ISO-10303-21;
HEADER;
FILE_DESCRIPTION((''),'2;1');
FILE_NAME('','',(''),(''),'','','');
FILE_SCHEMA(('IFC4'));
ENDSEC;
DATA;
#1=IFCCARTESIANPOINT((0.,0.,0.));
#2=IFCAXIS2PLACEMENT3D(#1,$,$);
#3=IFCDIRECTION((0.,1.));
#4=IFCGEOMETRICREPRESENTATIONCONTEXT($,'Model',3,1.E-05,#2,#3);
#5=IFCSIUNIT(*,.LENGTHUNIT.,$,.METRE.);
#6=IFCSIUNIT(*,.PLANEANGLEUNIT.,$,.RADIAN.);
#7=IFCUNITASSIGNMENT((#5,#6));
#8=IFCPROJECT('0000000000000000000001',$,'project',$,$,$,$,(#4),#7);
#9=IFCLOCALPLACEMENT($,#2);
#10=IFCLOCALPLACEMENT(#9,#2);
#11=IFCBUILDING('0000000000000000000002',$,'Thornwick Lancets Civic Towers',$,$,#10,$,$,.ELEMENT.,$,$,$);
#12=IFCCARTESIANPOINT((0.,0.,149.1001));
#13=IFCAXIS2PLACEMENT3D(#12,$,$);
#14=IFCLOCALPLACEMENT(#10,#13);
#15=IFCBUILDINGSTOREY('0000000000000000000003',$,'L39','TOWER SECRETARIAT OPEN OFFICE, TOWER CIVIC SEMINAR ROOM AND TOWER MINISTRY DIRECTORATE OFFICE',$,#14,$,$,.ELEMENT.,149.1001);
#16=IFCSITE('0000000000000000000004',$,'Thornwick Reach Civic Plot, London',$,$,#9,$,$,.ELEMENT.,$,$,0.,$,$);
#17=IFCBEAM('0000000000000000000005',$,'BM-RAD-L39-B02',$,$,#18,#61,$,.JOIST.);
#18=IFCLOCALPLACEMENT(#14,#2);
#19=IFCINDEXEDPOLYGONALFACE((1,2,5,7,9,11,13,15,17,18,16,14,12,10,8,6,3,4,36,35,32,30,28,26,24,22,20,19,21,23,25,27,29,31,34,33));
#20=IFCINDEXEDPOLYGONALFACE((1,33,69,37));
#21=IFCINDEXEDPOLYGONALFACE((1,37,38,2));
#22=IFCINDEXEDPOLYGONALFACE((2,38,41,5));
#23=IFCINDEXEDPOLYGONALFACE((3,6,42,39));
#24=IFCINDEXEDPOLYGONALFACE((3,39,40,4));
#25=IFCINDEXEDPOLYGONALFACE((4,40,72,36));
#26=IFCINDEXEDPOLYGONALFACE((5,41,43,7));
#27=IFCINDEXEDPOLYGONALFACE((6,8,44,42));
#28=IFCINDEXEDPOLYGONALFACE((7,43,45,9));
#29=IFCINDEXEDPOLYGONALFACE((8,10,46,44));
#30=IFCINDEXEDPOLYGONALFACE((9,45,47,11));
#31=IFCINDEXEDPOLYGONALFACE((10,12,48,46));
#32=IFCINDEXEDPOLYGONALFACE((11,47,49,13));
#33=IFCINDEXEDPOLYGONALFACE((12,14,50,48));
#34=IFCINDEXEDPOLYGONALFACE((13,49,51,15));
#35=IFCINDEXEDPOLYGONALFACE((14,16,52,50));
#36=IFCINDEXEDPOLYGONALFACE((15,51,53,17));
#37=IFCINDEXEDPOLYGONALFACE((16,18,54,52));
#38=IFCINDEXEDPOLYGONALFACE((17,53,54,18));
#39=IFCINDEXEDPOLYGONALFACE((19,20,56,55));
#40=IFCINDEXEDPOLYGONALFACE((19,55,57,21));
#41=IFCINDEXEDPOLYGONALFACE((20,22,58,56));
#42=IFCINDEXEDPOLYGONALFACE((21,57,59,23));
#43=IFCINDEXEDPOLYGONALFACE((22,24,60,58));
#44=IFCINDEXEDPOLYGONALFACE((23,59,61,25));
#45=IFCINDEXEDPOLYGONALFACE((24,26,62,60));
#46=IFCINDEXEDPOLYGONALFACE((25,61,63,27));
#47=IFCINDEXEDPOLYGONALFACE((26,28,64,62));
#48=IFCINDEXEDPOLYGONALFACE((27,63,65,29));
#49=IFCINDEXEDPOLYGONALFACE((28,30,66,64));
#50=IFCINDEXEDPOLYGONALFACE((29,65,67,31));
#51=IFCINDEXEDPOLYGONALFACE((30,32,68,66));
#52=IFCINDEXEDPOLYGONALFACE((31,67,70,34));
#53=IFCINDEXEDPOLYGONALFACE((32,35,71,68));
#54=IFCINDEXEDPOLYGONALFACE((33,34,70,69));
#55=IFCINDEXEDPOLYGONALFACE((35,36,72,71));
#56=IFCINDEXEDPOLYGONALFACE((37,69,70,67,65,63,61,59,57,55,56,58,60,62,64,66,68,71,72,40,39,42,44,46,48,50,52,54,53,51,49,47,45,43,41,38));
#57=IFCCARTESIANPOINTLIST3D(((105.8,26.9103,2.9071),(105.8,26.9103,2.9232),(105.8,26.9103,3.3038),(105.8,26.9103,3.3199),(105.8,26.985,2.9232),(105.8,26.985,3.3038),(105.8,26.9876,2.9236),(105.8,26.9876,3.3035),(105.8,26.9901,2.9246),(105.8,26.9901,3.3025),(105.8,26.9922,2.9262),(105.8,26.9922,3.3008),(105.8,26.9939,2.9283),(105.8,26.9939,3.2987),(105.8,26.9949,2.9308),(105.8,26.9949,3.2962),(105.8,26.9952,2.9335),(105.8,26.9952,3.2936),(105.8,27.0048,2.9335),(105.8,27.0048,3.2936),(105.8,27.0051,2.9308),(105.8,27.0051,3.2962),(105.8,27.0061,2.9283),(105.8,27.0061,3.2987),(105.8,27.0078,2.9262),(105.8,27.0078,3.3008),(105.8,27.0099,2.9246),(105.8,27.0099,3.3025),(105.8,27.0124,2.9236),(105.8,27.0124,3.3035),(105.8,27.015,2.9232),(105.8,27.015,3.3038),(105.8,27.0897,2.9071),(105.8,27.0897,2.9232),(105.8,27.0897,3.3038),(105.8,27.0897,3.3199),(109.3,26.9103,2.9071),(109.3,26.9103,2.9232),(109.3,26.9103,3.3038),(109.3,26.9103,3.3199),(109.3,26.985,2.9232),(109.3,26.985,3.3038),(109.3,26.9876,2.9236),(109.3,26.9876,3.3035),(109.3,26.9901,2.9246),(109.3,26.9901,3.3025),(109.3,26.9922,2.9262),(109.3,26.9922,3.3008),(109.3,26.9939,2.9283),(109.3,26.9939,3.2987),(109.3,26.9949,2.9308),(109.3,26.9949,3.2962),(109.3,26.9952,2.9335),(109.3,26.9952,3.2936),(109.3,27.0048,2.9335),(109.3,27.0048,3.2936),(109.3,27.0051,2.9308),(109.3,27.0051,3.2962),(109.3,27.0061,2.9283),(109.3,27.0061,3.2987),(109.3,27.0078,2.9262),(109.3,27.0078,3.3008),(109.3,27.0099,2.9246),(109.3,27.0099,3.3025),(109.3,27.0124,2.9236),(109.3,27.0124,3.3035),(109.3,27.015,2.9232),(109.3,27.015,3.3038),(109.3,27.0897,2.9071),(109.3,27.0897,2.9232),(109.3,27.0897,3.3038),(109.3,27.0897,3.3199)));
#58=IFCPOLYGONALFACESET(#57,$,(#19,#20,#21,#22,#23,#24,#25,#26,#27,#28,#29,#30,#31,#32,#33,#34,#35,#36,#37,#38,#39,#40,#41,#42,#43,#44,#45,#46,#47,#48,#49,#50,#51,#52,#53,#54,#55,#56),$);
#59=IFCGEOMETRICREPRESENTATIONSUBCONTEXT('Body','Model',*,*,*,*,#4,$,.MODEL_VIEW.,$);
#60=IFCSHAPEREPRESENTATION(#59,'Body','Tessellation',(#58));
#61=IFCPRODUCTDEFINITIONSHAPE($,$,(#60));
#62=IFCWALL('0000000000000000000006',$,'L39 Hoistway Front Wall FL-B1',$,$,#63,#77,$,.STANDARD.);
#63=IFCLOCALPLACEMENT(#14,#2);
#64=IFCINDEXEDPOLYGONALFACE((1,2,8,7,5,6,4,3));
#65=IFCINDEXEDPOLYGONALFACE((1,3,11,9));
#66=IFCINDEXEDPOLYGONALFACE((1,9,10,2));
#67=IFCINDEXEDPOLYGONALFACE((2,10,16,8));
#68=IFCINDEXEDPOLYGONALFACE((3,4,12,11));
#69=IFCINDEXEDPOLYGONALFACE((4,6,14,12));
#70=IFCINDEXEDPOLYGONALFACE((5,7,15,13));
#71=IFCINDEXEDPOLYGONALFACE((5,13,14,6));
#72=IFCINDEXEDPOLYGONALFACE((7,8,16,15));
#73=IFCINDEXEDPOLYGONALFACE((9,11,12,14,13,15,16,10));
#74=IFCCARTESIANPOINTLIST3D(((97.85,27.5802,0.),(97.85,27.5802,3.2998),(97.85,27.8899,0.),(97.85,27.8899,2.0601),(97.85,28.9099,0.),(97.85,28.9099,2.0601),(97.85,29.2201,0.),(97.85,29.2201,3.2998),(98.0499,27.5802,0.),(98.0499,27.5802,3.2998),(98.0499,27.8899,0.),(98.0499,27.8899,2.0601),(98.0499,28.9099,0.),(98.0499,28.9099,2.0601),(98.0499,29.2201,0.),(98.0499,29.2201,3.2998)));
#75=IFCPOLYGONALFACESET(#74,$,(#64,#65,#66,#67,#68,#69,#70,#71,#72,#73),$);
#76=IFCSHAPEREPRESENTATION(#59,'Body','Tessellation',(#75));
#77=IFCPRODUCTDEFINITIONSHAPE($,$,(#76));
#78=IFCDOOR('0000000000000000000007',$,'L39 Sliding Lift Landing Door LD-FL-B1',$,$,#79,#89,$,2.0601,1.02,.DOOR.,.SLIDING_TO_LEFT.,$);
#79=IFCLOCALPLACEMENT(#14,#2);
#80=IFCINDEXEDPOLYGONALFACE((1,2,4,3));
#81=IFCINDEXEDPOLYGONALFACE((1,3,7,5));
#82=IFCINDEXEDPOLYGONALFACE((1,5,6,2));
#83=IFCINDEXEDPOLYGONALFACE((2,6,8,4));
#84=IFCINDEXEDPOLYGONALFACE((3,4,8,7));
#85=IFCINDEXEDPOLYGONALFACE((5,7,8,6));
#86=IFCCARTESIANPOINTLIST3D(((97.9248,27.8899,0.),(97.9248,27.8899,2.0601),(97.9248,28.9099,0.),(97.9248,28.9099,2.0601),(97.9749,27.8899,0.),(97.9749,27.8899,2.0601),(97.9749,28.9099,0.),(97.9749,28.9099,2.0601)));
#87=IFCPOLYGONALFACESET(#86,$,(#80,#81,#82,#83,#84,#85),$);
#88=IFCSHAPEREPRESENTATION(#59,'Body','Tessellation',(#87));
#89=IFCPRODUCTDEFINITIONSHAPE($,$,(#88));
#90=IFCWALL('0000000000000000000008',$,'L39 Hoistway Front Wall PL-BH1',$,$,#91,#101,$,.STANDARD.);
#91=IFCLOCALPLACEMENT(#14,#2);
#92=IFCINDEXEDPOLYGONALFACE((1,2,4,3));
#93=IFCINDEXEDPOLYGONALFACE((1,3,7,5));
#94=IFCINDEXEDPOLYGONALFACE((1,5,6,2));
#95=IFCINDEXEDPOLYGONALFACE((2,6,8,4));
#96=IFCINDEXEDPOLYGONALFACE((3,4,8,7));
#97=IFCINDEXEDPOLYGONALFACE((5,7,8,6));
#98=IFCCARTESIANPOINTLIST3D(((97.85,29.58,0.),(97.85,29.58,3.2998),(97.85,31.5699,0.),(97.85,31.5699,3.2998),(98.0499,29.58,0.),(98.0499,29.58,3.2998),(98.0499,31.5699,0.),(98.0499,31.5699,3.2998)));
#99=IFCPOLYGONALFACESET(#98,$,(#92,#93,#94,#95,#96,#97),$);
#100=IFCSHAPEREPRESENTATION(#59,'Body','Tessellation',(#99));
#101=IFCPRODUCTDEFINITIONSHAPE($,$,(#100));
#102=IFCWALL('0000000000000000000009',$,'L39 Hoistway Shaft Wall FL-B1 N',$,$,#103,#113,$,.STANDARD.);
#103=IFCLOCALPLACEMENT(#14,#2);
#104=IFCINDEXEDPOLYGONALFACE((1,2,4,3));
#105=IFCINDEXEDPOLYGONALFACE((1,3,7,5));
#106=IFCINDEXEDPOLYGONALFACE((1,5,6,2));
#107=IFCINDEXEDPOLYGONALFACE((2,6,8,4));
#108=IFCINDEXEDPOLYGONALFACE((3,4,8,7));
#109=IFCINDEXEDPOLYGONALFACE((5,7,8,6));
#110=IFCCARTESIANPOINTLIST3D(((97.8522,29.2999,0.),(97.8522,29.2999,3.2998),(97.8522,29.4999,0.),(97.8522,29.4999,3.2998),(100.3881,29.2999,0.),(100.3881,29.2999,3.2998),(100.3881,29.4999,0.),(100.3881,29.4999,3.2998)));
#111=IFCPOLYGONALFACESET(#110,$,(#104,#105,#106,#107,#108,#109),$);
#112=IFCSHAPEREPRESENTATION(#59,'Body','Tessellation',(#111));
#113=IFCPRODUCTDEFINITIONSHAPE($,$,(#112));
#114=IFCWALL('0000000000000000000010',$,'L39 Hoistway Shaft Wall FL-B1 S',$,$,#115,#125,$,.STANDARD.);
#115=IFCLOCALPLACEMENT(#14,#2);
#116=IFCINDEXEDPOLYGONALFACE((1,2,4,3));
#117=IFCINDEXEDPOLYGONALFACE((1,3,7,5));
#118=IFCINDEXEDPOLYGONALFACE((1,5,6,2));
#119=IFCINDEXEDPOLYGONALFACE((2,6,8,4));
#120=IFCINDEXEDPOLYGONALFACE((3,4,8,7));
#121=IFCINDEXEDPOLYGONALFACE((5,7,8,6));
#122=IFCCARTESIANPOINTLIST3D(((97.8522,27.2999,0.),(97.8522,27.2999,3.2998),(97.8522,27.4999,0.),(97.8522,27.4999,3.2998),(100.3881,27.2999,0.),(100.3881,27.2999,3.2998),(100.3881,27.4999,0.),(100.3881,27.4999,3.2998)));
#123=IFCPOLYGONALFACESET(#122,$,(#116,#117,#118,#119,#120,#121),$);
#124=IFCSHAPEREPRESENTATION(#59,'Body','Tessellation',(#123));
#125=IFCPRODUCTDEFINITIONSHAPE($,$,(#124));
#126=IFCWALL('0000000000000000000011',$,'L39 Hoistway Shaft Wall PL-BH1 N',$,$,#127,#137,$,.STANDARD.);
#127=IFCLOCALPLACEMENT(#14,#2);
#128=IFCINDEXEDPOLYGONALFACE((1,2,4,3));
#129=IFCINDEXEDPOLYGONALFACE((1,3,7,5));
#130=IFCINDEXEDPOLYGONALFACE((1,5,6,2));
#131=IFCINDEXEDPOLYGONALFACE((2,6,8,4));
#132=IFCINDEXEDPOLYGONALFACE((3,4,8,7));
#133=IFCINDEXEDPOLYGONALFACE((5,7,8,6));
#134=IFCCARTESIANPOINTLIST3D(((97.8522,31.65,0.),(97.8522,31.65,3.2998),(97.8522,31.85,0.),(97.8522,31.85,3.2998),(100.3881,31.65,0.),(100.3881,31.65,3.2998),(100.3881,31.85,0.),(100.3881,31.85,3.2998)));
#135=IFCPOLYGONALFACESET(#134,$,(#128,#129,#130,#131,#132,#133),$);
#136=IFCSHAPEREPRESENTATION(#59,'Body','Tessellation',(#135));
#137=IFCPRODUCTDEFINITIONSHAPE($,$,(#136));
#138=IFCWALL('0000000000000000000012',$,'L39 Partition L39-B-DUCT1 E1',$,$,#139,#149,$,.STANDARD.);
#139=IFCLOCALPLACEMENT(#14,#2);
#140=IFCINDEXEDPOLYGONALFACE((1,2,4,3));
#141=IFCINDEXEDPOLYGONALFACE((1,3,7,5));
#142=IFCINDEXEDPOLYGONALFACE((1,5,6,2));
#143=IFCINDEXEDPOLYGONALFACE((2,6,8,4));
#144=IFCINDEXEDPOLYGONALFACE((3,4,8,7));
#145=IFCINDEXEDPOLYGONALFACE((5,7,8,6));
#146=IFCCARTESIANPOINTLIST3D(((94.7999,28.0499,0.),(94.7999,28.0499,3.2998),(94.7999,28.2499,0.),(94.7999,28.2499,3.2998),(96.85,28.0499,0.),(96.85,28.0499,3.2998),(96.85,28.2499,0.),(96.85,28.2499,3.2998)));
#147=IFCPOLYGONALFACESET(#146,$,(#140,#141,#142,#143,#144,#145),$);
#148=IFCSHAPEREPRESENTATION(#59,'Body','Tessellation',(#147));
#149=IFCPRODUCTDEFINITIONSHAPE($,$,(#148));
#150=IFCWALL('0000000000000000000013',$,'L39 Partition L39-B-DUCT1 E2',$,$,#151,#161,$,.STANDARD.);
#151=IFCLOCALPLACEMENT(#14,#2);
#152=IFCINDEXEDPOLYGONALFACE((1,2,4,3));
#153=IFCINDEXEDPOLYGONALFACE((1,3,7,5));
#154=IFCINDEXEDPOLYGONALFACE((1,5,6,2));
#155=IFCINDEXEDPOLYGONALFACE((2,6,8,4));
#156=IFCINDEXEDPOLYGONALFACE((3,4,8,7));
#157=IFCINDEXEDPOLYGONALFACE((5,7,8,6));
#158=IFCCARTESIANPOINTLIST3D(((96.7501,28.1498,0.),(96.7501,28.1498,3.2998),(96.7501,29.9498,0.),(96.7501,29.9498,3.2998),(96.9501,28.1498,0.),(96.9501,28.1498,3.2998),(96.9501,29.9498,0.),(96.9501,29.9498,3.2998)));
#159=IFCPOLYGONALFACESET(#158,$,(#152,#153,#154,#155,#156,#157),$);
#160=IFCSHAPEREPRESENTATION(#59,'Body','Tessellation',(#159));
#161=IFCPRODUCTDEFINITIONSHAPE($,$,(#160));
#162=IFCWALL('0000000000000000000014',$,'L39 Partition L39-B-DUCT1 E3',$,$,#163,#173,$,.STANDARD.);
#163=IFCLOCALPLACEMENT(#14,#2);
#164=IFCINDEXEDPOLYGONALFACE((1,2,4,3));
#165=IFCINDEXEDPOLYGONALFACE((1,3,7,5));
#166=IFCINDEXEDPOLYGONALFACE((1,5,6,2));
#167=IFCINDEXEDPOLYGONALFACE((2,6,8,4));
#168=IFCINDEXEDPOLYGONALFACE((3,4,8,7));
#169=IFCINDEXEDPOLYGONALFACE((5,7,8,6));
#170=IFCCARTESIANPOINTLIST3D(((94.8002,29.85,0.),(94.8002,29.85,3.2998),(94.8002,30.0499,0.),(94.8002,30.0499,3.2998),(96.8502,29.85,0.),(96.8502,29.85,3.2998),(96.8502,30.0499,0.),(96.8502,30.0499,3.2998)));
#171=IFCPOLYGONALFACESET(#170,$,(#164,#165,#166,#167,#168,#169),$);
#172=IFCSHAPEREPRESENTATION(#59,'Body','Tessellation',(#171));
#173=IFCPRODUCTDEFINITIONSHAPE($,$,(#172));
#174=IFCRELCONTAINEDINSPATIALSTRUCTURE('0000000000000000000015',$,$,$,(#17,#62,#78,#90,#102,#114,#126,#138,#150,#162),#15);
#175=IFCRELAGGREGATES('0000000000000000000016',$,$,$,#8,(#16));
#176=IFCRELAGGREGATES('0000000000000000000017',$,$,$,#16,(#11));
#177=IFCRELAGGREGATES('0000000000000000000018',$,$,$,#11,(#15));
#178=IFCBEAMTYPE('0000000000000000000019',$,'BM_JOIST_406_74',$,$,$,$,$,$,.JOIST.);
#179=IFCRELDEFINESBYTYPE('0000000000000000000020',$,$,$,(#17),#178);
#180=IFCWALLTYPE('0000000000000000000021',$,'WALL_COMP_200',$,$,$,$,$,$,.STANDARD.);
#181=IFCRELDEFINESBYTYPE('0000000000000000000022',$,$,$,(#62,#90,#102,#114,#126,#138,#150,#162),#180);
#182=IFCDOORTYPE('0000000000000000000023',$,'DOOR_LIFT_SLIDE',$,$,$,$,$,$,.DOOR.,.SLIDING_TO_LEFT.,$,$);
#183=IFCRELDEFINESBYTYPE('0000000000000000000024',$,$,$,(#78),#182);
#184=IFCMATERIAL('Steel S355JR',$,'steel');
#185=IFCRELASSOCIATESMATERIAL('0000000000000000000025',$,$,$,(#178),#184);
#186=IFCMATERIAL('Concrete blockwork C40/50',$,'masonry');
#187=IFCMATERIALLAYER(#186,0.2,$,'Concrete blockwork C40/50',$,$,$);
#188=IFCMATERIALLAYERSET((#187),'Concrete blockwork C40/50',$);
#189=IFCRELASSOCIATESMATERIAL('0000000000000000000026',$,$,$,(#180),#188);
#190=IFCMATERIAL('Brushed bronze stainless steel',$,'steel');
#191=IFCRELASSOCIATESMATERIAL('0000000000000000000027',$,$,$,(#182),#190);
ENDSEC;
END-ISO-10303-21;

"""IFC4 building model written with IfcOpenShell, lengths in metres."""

from ifc_helpers import new_model, si_unit, direction, frame, frame_2d, origin, origin_2d, place, context, subcontext, project, spatial, rectangle, i_section, extrude, material, layer, layer_set, material_profile, profile_set, type_object, element, fill, save


model = new_model("IFC4")

# Units and contexts
model_context = context("Model", 3, precision=1e-05, world=origin(), true_north=direction((0.0, 1.0)))
body_context = subcontext(model_context, "Body", "Model", "MODEL_VIEW")
ifc_project = project(units=[si_unit("LENGTHUNIT", "METRE"), si_unit("PLANEANGLEUNIT", "RADIAN")], contexts=[model_context])

# Site, building, storey
site_placement = place(None, origin())
site = spatial("IfcSite", under=ifc_project, at=site_placement, Name="Thornwick Reach Civic Plot, London", CompositionType="ELEMENT", RefElevation=0.0)
building_placement = place(site_placement, origin())
building = spatial("IfcBuilding", under=site, at=building_placement, Name="Thornwick Lancets Civic Towers", CompositionType="ELEMENT")
storey_placement = place(building_placement, frame((0.0, 0.0, 149.1001)))
storey = spatial("IfcBuildingStorey", under=building, at=storey_placement, Name="L39", Description="TOWER SECRETARIAT OPEN OFFICE, TOWER CIVIC SEMINAR ROOM AND TOWER MINISTRY DIRECTORATE OFFICE", CompositionType="ELEMENT", Elevation=149.1001)

# Beam
ifc_material_1 = material(Name="Steel S355JR", Category="steel")
ifc_material_profile_1 = material_profile(ifc_material_1, i_section(OverallWidth=0.1794, OverallDepth=0.4128, WebThickness=0.0095, FlangeThickness=0.0161, FilletRadius=0.0103, at=origin_2d()), Name="UKB 406x178x74")
ifc_profile_set_1 = profile_set([ifc_material_profile_1], Name="Steel S355JR")
beam_type_1 = type_object("IfcBeamType", Name="BM_JOIST_406_74", PredefinedType="JOIST", material=ifc_profile_set_1)
beam_1_placement = place(storey_placement, frame((105.8, 27.0, 3.1135), z_axis=(1.0, 0.0, 0.0), x_axis=(0.0, 1.0, 0.0)))
element("IfcBeam", 1, at=beam_1_placement, inside=storey, type_object=beam_type_1, Name="BM-RAD-L39-B02", PredefinedType="JOIST", context=body_context, shape_type="SweptSolid", body=[
    extrude(i_section(OverallWidth=0.1794, OverallDepth=0.4128, WebThickness=0.0095, FlangeThickness=0.0161, FilletRadius=0.0103, at=origin_2d()), origin(), (0.0, 0.0, 1.0), 3.5),
])

# Wall, opening, door
ifc_material_2 = material(Name="Concrete blockwork C40/50", Category="masonry")
ifc_layer_1 = layer(ifc_material_2, 0.2, Name="Concrete blockwork C40/50")
ifc_layer_set_1 = layer_set([ifc_layer_1], Name="Concrete blockwork C40/50")
wall_type_1 = type_object("IfcWallType", Name="WALL_COMP_200", PredefinedType="STANDARD", material=ifc_layer_set_1)
wall_1_placement = place(storey_placement, frame((97.95, 29.22, 0.0), z_axis=(0.0, 0.0, 1.0), x_axis=(0.0, -1.0, 0.0)))
wall_1 = element("IfcWall", 2, at=wall_1_placement, inside=storey, type_object=wall_type_1, Name="L39 Hoistway Front Wall FL-B1", PredefinedType="STANDARD", context=body_context, shape_type="SweptSolid", body=[
    extrude(rectangle(XDim=1.6399, YDim=0.2, at=frame_2d((0.8198, 0.0))), origin(), (0.0, 0.0, 1.0), 3.2998),
])
opening_1_placement = place(wall_1_placement, frame((0.3101, 0.0, 0.0)))
opening_1 = element("IfcOpeningElement", 3, at=opening_1_placement, cuts=wall_1, PredefinedType="OPENING", context=body_context, shape_type="SweptSolid", body=[
    extrude(rectangle(XDim=1.02, YDim=2.0601, at=frame_2d((0.51, 1.03))), frame((0.0, 0.1099, 0.0), z_axis=(0.0, -1.0, 0.0), x_axis=(1.0, 0.0, 0.0)), (0.0, 0.0, 1.0), 0.22),
])
ifc_material_3 = material(Name="Brushed bronze stainless steel", Category="steel")
door_type_1 = type_object("IfcDoorType", Name="DOOR_LIFT_SLIDE", OperationType="SLIDING_TO_LEFT", PredefinedType="DOOR", material=ifc_material_3)
door_1_placement = place(opening_1_placement, origin())
door_1 = element("IfcDoor", 4, at=door_1_placement, inside=storey, type_object=door_type_1, Name="L39 Sliding Lift Landing Door LD-FL-B1", OperationType="SLIDING_TO_LEFT", OverallHeight=2.0601, OverallWidth=1.02, PredefinedType="DOOR", context=body_context, shape_type="SweptSolid", body=[
    extrude(rectangle(XDim=1.02, YDim=2.0601, at=frame_2d((0.51, 1.03))), frame((0.0, 0.0249, 0.0), z_axis=(0.0, -1.0, 0.0), x_axis=(1.0, 0.0, 0.0)), (0.0, 0.0, 1.0), 0.05),
])
fill(opening_1, door_1)

# Walls
wall_2_placement = place(storey_placement, frame((97.95, 31.5701, 0.0), z_axis=(0.0, 0.0, 1.0), x_axis=(0.0, -1.0, 0.0)))
element("IfcWall", 5, at=wall_2_placement, inside=storey, type_object=wall_type_1, Name="L39 Hoistway Front Wall PL-BH1", PredefinedType="STANDARD", context=body_context, shape_type="SweptSolid", body=[
    extrude(rectangle(XDim=1.99, YDim=0.2, at=frame_2d((0.9951, 0.0))), origin(), (0.0, 0.0, 1.0), 3.2998),
])
for number, where, z_axis, x_axis, name in (
    (6, (97.8521, 29.3999, 0.0), (0.0, 0.0, 1.0), (1.0, 0.0, 0.0), "L39 Hoistway Shaft Wall FL-B1 N"),
    (7, (97.8521, 27.3999, 0.0), (0.0, 0.0, 1.0), (1.0, 0.0, 0.0), "L39 Hoistway Shaft Wall FL-B1 S"),
    (8, (97.8521, 31.75, 0.0), (0.0, 0.0, 1.0), (1.0, 0.0, 0.0), "L39 Hoistway Shaft Wall PL-BH1 N"),
):
    element("IfcWall", number, at=place(storey_placement, frame(where, z_axis=z_axis, x_axis=x_axis)), inside=storey, type_object=wall_type_1, Name=name, PredefinedType="STANDARD", context=body_context, shape_type="SweptSolid", body=[
        extrude(rectangle(XDim=2.5359, YDim=0.2, at=frame_2d((1.2681, 0.0))), origin(), (0.0, 0.0, 1.0), 3.2998),
    ])
wall_3_placement = place(storey_placement, frame((94.8, 28.1499, 0.0), z_axis=(0.0, 0.0, 1.0), x_axis=(1.0, 0.0, 0.0)))
element("IfcWall", 9, at=wall_3_placement, inside=storey, type_object=wall_type_1, Name="L39 Partition L39-B-DUCT1 E1", PredefinedType="STANDARD", context=body_context, shape_type="SweptSolid", body=[
    extrude(rectangle(XDim=2.05, YDim=0.2, at=frame_2d((1.0249, 0.0))), origin(), (0.0, 0.0, 1.0), 3.2998),
])
wall_4_placement = place(storey_placement, frame((96.8501, 28.1499, 0.0), z_axis=(0.0, 0.0, 1.0), x_axis=(0.0, 1.0, 0.0)))
element("IfcWall", 10, at=wall_4_placement, inside=storey, type_object=wall_type_1, Name="L39 Partition L39-B-DUCT1 E2", PredefinedType="STANDARD", context=body_context, shape_type="SweptSolid", body=[
    extrude(rectangle(XDim=1.8, YDim=0.2, at=frame_2d((0.8999, 0.0))), origin(), (0.0, 0.0, 1.0), 3.2998),
])
wall_5_placement = place(storey_placement, frame((96.8501, 29.95, 0.0), z_axis=(0.0, 0.0, 1.0), x_axis=(-1.0, 0.0, 0.0)))
element("IfcWall", 11, at=wall_5_placement, inside=storey, type_object=wall_type_1, Name="L39 Partition L39-B-DUCT1 E3", PredefinedType="STANDARD", context=body_context, shape_type="SweptSolid", body=[
    extrude(rectangle(XDim=2.05, YDim=0.2, at=frame_2d((1.0249, 0.0))), origin(), (0.0, 0.0, 1.0), 3.2998),
])

save(model, "model.ifc")
